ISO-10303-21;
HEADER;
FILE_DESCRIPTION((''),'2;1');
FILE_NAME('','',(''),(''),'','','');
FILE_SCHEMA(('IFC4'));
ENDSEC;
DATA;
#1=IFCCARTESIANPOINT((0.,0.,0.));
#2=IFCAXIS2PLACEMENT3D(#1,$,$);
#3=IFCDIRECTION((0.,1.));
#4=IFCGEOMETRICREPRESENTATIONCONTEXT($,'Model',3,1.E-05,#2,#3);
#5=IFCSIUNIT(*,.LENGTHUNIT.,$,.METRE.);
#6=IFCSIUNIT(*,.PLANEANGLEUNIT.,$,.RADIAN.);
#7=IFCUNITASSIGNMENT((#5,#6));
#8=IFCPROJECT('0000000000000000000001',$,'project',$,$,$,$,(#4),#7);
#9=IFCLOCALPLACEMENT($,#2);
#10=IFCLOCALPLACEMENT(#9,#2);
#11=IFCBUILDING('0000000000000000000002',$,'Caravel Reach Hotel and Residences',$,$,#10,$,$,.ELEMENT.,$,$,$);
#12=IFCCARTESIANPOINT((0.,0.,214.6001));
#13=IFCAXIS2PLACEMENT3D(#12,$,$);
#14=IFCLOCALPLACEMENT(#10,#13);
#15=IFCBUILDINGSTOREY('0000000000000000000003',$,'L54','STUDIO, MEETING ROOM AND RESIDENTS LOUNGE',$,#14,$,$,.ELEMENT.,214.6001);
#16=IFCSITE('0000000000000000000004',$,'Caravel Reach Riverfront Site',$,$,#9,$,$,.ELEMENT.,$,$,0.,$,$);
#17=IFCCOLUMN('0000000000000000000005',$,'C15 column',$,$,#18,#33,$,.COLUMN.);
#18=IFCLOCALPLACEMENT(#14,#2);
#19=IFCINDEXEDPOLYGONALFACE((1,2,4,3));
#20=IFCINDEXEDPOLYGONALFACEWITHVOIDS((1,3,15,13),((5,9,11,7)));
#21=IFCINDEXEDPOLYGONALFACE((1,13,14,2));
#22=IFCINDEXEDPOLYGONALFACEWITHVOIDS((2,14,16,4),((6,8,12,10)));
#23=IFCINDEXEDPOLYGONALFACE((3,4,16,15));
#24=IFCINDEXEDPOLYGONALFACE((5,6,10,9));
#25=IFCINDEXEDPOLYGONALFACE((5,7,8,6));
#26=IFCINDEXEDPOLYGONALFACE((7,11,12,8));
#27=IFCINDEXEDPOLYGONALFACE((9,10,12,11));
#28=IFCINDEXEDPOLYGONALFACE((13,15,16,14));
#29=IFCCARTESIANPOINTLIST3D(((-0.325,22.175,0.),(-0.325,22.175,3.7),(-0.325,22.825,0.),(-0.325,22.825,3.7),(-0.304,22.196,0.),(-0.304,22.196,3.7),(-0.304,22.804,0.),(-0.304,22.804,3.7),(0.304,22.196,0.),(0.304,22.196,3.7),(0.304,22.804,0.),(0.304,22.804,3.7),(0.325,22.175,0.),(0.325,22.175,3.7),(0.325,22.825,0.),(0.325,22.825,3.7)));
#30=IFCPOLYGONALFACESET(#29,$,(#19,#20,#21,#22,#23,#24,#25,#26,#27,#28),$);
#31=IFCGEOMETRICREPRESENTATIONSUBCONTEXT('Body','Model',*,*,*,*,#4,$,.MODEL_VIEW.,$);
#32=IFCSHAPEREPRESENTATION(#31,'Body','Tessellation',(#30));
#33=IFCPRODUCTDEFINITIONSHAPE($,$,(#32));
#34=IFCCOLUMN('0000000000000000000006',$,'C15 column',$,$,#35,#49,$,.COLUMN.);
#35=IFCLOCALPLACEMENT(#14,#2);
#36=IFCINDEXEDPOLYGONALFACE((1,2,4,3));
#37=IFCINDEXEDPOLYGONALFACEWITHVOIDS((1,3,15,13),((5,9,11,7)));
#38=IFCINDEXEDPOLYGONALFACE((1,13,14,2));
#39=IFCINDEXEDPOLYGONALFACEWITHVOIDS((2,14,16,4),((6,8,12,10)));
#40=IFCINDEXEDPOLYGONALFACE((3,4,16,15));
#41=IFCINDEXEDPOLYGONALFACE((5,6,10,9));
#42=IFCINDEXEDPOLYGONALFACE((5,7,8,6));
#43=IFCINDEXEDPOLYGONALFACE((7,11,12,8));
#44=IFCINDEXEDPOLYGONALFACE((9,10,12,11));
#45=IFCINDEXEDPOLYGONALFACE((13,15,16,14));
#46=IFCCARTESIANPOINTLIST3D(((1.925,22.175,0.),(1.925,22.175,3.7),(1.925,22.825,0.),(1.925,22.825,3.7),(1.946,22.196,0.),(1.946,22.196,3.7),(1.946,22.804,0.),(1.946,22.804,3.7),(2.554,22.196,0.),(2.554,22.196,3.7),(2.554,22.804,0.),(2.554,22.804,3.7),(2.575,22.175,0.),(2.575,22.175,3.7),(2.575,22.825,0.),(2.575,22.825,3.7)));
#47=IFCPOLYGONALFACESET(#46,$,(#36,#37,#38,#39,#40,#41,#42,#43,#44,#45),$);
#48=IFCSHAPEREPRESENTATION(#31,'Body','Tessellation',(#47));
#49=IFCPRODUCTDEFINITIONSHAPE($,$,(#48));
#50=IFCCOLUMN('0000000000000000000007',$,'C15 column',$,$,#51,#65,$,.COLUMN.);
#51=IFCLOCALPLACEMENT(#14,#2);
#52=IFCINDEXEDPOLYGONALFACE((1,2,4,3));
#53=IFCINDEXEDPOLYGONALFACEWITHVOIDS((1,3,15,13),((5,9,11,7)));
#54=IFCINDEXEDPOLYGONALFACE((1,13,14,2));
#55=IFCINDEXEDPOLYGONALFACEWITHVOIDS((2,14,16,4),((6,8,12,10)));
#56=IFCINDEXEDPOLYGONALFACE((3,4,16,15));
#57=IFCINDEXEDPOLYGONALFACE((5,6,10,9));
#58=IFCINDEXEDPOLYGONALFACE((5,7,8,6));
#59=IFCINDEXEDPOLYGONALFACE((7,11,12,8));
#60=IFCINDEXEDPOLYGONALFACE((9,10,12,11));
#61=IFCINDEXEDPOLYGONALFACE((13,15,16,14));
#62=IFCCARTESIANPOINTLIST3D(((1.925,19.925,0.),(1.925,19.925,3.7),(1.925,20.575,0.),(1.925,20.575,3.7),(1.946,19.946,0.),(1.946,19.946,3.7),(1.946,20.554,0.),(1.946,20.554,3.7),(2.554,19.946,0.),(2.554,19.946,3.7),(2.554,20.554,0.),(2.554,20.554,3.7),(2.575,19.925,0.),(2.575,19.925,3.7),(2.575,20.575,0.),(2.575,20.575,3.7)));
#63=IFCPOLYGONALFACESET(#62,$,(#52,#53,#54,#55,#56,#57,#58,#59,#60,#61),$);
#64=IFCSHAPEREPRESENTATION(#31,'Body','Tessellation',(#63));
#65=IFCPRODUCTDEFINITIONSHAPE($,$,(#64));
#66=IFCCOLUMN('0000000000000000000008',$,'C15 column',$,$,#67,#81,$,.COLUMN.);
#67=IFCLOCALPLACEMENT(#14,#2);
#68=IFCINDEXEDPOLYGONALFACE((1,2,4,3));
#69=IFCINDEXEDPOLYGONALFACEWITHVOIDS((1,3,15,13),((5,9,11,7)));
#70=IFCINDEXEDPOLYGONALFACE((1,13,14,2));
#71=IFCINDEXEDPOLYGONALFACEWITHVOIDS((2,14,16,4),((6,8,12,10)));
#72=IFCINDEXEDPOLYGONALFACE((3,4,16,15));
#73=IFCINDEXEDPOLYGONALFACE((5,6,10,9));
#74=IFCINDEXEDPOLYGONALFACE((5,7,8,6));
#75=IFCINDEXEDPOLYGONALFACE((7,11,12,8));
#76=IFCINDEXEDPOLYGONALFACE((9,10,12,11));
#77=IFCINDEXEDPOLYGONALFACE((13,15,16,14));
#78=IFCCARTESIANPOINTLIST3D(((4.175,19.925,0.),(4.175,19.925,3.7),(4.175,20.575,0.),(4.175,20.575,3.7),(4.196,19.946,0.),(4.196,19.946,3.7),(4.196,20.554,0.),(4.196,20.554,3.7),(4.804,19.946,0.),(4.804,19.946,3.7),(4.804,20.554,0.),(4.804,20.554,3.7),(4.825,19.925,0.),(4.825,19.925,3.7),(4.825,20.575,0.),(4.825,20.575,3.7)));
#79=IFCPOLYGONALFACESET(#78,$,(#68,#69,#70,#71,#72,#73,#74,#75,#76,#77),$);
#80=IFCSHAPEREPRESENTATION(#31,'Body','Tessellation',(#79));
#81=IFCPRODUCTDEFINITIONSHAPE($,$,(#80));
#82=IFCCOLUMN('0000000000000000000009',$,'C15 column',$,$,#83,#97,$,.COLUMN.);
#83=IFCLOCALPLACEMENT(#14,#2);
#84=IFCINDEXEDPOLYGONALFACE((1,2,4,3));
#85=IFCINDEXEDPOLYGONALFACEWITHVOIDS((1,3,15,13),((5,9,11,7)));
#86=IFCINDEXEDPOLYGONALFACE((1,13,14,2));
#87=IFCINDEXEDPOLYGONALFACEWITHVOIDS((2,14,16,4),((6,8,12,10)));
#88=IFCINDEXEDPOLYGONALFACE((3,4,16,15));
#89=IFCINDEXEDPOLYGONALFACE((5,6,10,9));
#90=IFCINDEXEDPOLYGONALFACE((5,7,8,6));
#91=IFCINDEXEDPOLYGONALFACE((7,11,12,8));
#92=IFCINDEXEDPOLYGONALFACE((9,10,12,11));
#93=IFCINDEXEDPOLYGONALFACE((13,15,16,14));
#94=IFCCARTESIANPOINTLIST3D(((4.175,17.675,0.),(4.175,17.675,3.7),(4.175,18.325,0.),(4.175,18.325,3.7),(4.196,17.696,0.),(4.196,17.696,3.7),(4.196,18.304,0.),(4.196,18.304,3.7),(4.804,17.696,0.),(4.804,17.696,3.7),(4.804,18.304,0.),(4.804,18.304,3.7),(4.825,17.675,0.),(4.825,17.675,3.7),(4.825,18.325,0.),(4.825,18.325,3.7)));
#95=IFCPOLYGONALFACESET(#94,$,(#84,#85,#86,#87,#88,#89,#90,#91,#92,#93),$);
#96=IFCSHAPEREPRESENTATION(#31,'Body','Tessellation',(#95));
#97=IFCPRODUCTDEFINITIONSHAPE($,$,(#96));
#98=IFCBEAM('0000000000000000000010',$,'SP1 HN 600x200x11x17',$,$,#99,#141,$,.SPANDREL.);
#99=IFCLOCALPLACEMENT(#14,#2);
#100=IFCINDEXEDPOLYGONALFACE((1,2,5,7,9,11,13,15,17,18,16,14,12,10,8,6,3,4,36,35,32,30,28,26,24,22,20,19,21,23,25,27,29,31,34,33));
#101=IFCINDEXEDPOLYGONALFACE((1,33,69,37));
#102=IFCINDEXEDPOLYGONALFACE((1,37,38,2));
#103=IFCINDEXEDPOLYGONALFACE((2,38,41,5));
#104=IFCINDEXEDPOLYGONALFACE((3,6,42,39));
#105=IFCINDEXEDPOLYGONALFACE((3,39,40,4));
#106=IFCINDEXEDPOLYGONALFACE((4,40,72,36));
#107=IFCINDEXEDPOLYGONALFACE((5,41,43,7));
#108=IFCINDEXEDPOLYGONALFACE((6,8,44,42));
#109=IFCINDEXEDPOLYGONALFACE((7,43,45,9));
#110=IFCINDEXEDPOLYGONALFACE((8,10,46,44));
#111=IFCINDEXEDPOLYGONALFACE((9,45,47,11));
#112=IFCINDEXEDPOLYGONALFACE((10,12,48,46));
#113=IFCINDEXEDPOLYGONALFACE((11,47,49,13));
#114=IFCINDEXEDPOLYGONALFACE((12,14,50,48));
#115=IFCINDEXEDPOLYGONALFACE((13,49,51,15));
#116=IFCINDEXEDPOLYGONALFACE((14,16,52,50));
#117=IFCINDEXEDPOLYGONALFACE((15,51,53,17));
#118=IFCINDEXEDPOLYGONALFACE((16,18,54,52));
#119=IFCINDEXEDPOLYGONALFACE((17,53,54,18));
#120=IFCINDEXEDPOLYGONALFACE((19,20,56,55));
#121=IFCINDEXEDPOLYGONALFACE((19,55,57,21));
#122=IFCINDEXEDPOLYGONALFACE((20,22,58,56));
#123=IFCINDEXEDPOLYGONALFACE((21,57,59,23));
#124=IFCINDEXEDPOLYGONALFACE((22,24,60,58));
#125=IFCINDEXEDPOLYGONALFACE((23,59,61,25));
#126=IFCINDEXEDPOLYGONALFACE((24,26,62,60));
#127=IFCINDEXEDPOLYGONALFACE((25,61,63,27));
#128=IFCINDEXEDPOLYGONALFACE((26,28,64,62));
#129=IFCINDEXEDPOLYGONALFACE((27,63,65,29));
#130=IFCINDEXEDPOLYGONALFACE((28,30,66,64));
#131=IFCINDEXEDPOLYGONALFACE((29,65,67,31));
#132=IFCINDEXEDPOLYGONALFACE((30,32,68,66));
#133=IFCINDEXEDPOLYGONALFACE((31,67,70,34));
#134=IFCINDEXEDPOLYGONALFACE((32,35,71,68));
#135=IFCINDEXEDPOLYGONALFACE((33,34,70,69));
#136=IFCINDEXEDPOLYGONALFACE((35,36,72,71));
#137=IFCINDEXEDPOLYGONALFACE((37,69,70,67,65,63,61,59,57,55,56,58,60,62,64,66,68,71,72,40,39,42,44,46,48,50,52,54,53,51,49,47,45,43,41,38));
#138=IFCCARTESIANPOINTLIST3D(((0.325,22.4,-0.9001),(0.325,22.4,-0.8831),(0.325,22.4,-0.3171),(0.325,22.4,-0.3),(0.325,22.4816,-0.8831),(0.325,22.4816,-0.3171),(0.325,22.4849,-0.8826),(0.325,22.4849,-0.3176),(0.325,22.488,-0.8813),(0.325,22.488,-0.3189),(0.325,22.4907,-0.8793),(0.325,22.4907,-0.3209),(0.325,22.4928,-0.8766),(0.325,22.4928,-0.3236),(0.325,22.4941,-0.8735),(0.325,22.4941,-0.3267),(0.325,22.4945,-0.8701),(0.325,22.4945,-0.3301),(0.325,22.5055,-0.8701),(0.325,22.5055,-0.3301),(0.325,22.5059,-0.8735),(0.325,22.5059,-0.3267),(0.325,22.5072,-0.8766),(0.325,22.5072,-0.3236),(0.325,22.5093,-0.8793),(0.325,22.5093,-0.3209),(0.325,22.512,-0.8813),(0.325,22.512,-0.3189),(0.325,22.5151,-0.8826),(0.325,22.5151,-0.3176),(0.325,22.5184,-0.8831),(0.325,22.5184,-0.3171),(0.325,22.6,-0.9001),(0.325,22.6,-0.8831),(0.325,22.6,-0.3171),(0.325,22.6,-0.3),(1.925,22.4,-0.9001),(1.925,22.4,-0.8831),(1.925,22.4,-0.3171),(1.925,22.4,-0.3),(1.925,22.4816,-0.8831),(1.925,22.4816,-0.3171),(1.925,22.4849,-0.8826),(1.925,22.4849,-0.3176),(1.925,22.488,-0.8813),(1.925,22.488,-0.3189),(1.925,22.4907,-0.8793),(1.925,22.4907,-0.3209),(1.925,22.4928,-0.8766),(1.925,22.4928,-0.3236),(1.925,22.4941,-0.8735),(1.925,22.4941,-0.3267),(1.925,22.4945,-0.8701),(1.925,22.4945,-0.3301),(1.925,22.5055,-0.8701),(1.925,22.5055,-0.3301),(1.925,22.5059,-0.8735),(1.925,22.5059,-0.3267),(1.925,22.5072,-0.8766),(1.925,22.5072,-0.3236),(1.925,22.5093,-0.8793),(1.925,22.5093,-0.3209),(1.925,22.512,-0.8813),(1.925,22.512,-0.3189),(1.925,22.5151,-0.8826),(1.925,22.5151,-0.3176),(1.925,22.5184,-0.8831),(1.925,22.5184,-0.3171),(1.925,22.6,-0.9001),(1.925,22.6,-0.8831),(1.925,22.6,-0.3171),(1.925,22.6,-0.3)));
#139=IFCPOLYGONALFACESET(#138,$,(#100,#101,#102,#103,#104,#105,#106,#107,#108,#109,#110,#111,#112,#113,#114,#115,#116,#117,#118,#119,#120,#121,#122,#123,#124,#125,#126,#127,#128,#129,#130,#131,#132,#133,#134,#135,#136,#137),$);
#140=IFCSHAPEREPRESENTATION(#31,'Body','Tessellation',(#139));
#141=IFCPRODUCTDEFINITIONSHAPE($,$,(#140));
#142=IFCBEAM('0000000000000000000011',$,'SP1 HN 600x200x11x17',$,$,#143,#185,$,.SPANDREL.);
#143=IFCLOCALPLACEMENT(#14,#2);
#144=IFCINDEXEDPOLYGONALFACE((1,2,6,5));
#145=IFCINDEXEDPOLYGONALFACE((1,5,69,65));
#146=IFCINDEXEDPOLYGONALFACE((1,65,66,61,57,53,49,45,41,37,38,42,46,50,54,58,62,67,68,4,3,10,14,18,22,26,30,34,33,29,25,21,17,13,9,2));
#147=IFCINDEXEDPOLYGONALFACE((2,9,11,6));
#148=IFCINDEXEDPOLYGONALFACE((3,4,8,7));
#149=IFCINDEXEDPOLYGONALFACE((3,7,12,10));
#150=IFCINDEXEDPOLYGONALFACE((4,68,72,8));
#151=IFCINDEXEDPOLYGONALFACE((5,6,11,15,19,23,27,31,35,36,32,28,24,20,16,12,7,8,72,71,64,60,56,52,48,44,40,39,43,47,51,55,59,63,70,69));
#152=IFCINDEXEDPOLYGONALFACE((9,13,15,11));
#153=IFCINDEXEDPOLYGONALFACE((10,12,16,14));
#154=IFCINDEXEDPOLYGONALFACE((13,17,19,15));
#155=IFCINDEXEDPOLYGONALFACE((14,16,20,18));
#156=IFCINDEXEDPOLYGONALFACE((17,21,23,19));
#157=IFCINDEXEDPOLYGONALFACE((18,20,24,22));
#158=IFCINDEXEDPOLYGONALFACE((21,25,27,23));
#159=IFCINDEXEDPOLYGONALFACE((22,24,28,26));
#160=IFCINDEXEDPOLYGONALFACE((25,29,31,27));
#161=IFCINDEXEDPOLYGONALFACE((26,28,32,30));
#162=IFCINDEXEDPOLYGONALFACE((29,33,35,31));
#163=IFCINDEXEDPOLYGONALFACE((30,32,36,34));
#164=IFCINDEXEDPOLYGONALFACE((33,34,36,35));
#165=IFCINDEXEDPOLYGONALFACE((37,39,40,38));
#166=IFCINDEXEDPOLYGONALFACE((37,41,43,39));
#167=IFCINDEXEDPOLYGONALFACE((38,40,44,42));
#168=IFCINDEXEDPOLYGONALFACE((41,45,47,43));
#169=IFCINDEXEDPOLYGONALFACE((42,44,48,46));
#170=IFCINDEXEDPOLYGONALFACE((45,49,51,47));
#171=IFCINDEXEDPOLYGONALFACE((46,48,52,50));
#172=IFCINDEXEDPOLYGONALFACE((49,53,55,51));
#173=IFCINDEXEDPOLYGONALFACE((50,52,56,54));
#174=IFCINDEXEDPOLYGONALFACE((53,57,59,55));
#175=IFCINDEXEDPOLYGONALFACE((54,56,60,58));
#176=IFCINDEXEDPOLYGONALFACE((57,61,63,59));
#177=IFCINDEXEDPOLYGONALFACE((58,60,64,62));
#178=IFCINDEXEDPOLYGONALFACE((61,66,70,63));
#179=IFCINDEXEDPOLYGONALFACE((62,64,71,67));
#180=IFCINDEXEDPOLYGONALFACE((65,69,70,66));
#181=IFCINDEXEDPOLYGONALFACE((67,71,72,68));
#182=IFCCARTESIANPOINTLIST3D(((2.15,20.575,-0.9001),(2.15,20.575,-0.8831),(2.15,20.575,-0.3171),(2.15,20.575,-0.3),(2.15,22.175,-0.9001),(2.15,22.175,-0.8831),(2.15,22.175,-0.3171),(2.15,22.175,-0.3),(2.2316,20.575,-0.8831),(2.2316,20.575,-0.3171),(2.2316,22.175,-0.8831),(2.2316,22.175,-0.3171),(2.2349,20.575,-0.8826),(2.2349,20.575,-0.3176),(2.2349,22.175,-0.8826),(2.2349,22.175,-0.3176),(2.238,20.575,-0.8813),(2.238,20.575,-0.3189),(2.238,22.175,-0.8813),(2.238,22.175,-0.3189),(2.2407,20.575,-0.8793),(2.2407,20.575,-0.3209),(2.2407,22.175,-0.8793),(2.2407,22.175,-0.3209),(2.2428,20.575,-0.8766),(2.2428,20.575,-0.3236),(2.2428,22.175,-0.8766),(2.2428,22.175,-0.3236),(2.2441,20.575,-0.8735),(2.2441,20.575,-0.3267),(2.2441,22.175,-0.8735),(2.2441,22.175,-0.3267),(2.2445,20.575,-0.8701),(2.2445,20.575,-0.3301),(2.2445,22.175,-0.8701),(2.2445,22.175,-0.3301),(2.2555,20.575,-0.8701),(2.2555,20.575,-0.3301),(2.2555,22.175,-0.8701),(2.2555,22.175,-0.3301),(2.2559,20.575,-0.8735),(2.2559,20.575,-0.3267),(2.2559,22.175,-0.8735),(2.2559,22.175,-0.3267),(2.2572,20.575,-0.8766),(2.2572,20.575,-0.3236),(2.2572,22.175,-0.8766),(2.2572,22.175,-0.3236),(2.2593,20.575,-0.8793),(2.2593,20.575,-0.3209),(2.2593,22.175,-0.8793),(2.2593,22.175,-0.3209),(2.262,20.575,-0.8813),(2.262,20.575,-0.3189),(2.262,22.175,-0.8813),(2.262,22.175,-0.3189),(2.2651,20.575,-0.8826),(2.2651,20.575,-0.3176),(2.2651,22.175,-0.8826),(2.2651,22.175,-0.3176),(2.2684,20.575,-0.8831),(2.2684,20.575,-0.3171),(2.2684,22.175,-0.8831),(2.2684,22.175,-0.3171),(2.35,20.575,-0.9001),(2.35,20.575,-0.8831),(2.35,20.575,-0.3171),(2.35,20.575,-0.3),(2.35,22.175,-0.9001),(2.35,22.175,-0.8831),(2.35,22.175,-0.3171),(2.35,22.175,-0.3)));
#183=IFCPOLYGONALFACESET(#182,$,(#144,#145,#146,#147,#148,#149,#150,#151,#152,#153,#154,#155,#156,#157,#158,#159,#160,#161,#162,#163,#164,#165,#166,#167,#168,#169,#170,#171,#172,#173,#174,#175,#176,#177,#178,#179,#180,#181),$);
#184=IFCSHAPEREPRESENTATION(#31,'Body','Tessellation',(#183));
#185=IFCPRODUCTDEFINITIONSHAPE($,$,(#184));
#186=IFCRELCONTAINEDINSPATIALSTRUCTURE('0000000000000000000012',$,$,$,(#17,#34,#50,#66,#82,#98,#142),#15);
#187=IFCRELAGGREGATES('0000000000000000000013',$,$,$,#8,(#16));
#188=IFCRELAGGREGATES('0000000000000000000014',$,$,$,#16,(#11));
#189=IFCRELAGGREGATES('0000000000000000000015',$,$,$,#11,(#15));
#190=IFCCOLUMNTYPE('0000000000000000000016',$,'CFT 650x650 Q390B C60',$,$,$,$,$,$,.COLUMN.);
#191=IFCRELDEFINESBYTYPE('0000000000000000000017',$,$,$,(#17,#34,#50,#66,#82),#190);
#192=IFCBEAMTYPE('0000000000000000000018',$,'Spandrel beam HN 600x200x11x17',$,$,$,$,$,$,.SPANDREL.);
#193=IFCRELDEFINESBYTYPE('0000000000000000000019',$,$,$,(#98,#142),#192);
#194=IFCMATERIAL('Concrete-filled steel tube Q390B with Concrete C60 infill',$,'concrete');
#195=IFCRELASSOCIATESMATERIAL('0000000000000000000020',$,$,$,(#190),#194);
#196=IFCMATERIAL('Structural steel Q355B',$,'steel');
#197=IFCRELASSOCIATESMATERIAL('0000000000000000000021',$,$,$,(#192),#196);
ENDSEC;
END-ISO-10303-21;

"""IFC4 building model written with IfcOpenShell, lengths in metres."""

from ifc_helpers import new_model, si_unit, direction, frame, origin, origin_2d, place, context, subcontext, project, spatial, hollow_rectangle, i_section, extrude, material, material_profile, profile_set, type_object, element, save


model = new_model("IFC4")

# Units and contexts
model_context = context("Model", 3, precision=1e-05, world=origin(), true_north=direction((0.0, 1.0)))
body_context = subcontext(model_context, "Body", "Model", "MODEL_VIEW")
ifc_project = project(units=[si_unit("LENGTHUNIT", "METRE"), si_unit("PLANEANGLEUNIT", "RADIAN")], contexts=[model_context])

# Site, building, storey
site_placement = place(None, origin())
site = spatial("IfcSite", under=ifc_project, at=site_placement, Name="Caravel Reach Riverfront Site", CompositionType="ELEMENT", RefElevation=0.0)
building_placement = place(site_placement, origin())
building = spatial("IfcBuilding", under=site, at=building_placement, Name="Caravel Reach Hotel and Residences", CompositionType="ELEMENT")
storey_placement = place(building_placement, frame((0.0, 0.0, 214.6001)))
storey = spatial("IfcBuildingStorey", under=building, at=storey_placement, Name="L54", Description="STUDIO, MEETING ROOM AND RESIDENTS LOUNGE", CompositionType="ELEMENT", Elevation=214.6001)

# Columns
ifc_material_1 = material(Name="Concrete-filled steel tube Q390B with Concrete C60 infill", Category="concrete")
ifc_material_profile_1 = material_profile(ifc_material_1, hollow_rectangle(XDim=0.6499, YDim=0.6499, WallThickness=0.021, at=origin_2d()), Name="RHS 650x650x21")
ifc_profile_set_1 = profile_set([ifc_material_profile_1], Name="Concrete-filled steel tube Q390B with Concrete C60 infill")
column_type = type_object("IfcColumnType", Name="CFT 650x650 Q390B C60", PredefinedType="COLUMN", material=ifc_profile_set_1)
for number, where, z_axis, x_axis, name in (
    (1, (0.0, 22.5, 0.0), (0.0, 0.0, 1.0), (1.0, 0.0, 0.0), "C15 column"),
    (2, (2.25, 22.5, 0.0), (0.0, 0.0, 1.0), (1.0, 0.0, 0.0), "C15 column"),
    (3, (2.25, 20.25, 0.0), (0.0, 0.0, 1.0), (1.0, 0.0, 0.0), "C15 column"),
    (4, (4.5, 20.25, 0.0), (0.0, 0.0, 1.0), (1.0, 0.0, 0.0), "C15 column"),
    (5, (4.5, 18.0, 0.0), (0.0, 0.0, 1.0), (1.0, 0.0, 0.0), "C15 column"),
):
    element("IfcColumn", number, at=place(storey_placement, frame(where, z_axis=z_axis, x_axis=x_axis)), inside=storey, type_object=column_type, Name=name, PredefinedType="COLUMN", context=body_context, shape_type="SweptSolid", body=[
        extrude(hollow_rectangle(XDim=0.6499, YDim=0.6499, WallThickness=0.021, at=origin_2d()), origin(), (0.0, 0.0, 1.0), 3.7),
    ])

# Beams
ifc_material_2 = material(Name="Structural steel Q355B", Category="steel")
ifc_material_profile_2 = material_profile(ifc_material_2, i_section(OverallWidth=0.2, OverallDepth=0.6001, WebThickness=0.011, FlangeThickness=0.0171, FilletRadius=0.0129, at=origin_2d()), Name="HN 600x200x11x17")
ifc_profile_set_2 = profile_set([ifc_material_profile_2], Name="Structural steel Q355B")
beam_type = type_object("IfcBeamType", Name="Spandrel beam HN 600x200x11x17", PredefinedType="SPANDREL", material=ifc_profile_set_2)
for number, where, z_axis, x_axis, name in (
    (6, (0.325, 22.5, -0.6001), (1.0, 0.0, 0.0), (0.0, 1.0, 0.0), "SP1 HN 600x200x11x17"),
    (7, (2.25, 22.175, -0.6001), (0.0, -1.0, 0.0), (1.0, 0.0, 0.0), "SP1 HN 600x200x11x17"),
):
    element("IfcBeam", number, at=place(storey_placement, frame(where, z_axis=z_axis, x_axis=x_axis)), inside=storey, type_object=beam_type, Name=name, PredefinedType="SPANDREL", context=body_context, shape_type="SweptSolid", body=[
        extrude(i_section(OverallWidth=0.2, OverallDepth=0.6001, WebThickness=0.011, FlangeThickness=0.0171, FilletRadius=0.0129, at=origin_2d()), origin(), (0.0, 0.0, 1.0), 1.6001),
    ])

save(model, "model.ifc")
